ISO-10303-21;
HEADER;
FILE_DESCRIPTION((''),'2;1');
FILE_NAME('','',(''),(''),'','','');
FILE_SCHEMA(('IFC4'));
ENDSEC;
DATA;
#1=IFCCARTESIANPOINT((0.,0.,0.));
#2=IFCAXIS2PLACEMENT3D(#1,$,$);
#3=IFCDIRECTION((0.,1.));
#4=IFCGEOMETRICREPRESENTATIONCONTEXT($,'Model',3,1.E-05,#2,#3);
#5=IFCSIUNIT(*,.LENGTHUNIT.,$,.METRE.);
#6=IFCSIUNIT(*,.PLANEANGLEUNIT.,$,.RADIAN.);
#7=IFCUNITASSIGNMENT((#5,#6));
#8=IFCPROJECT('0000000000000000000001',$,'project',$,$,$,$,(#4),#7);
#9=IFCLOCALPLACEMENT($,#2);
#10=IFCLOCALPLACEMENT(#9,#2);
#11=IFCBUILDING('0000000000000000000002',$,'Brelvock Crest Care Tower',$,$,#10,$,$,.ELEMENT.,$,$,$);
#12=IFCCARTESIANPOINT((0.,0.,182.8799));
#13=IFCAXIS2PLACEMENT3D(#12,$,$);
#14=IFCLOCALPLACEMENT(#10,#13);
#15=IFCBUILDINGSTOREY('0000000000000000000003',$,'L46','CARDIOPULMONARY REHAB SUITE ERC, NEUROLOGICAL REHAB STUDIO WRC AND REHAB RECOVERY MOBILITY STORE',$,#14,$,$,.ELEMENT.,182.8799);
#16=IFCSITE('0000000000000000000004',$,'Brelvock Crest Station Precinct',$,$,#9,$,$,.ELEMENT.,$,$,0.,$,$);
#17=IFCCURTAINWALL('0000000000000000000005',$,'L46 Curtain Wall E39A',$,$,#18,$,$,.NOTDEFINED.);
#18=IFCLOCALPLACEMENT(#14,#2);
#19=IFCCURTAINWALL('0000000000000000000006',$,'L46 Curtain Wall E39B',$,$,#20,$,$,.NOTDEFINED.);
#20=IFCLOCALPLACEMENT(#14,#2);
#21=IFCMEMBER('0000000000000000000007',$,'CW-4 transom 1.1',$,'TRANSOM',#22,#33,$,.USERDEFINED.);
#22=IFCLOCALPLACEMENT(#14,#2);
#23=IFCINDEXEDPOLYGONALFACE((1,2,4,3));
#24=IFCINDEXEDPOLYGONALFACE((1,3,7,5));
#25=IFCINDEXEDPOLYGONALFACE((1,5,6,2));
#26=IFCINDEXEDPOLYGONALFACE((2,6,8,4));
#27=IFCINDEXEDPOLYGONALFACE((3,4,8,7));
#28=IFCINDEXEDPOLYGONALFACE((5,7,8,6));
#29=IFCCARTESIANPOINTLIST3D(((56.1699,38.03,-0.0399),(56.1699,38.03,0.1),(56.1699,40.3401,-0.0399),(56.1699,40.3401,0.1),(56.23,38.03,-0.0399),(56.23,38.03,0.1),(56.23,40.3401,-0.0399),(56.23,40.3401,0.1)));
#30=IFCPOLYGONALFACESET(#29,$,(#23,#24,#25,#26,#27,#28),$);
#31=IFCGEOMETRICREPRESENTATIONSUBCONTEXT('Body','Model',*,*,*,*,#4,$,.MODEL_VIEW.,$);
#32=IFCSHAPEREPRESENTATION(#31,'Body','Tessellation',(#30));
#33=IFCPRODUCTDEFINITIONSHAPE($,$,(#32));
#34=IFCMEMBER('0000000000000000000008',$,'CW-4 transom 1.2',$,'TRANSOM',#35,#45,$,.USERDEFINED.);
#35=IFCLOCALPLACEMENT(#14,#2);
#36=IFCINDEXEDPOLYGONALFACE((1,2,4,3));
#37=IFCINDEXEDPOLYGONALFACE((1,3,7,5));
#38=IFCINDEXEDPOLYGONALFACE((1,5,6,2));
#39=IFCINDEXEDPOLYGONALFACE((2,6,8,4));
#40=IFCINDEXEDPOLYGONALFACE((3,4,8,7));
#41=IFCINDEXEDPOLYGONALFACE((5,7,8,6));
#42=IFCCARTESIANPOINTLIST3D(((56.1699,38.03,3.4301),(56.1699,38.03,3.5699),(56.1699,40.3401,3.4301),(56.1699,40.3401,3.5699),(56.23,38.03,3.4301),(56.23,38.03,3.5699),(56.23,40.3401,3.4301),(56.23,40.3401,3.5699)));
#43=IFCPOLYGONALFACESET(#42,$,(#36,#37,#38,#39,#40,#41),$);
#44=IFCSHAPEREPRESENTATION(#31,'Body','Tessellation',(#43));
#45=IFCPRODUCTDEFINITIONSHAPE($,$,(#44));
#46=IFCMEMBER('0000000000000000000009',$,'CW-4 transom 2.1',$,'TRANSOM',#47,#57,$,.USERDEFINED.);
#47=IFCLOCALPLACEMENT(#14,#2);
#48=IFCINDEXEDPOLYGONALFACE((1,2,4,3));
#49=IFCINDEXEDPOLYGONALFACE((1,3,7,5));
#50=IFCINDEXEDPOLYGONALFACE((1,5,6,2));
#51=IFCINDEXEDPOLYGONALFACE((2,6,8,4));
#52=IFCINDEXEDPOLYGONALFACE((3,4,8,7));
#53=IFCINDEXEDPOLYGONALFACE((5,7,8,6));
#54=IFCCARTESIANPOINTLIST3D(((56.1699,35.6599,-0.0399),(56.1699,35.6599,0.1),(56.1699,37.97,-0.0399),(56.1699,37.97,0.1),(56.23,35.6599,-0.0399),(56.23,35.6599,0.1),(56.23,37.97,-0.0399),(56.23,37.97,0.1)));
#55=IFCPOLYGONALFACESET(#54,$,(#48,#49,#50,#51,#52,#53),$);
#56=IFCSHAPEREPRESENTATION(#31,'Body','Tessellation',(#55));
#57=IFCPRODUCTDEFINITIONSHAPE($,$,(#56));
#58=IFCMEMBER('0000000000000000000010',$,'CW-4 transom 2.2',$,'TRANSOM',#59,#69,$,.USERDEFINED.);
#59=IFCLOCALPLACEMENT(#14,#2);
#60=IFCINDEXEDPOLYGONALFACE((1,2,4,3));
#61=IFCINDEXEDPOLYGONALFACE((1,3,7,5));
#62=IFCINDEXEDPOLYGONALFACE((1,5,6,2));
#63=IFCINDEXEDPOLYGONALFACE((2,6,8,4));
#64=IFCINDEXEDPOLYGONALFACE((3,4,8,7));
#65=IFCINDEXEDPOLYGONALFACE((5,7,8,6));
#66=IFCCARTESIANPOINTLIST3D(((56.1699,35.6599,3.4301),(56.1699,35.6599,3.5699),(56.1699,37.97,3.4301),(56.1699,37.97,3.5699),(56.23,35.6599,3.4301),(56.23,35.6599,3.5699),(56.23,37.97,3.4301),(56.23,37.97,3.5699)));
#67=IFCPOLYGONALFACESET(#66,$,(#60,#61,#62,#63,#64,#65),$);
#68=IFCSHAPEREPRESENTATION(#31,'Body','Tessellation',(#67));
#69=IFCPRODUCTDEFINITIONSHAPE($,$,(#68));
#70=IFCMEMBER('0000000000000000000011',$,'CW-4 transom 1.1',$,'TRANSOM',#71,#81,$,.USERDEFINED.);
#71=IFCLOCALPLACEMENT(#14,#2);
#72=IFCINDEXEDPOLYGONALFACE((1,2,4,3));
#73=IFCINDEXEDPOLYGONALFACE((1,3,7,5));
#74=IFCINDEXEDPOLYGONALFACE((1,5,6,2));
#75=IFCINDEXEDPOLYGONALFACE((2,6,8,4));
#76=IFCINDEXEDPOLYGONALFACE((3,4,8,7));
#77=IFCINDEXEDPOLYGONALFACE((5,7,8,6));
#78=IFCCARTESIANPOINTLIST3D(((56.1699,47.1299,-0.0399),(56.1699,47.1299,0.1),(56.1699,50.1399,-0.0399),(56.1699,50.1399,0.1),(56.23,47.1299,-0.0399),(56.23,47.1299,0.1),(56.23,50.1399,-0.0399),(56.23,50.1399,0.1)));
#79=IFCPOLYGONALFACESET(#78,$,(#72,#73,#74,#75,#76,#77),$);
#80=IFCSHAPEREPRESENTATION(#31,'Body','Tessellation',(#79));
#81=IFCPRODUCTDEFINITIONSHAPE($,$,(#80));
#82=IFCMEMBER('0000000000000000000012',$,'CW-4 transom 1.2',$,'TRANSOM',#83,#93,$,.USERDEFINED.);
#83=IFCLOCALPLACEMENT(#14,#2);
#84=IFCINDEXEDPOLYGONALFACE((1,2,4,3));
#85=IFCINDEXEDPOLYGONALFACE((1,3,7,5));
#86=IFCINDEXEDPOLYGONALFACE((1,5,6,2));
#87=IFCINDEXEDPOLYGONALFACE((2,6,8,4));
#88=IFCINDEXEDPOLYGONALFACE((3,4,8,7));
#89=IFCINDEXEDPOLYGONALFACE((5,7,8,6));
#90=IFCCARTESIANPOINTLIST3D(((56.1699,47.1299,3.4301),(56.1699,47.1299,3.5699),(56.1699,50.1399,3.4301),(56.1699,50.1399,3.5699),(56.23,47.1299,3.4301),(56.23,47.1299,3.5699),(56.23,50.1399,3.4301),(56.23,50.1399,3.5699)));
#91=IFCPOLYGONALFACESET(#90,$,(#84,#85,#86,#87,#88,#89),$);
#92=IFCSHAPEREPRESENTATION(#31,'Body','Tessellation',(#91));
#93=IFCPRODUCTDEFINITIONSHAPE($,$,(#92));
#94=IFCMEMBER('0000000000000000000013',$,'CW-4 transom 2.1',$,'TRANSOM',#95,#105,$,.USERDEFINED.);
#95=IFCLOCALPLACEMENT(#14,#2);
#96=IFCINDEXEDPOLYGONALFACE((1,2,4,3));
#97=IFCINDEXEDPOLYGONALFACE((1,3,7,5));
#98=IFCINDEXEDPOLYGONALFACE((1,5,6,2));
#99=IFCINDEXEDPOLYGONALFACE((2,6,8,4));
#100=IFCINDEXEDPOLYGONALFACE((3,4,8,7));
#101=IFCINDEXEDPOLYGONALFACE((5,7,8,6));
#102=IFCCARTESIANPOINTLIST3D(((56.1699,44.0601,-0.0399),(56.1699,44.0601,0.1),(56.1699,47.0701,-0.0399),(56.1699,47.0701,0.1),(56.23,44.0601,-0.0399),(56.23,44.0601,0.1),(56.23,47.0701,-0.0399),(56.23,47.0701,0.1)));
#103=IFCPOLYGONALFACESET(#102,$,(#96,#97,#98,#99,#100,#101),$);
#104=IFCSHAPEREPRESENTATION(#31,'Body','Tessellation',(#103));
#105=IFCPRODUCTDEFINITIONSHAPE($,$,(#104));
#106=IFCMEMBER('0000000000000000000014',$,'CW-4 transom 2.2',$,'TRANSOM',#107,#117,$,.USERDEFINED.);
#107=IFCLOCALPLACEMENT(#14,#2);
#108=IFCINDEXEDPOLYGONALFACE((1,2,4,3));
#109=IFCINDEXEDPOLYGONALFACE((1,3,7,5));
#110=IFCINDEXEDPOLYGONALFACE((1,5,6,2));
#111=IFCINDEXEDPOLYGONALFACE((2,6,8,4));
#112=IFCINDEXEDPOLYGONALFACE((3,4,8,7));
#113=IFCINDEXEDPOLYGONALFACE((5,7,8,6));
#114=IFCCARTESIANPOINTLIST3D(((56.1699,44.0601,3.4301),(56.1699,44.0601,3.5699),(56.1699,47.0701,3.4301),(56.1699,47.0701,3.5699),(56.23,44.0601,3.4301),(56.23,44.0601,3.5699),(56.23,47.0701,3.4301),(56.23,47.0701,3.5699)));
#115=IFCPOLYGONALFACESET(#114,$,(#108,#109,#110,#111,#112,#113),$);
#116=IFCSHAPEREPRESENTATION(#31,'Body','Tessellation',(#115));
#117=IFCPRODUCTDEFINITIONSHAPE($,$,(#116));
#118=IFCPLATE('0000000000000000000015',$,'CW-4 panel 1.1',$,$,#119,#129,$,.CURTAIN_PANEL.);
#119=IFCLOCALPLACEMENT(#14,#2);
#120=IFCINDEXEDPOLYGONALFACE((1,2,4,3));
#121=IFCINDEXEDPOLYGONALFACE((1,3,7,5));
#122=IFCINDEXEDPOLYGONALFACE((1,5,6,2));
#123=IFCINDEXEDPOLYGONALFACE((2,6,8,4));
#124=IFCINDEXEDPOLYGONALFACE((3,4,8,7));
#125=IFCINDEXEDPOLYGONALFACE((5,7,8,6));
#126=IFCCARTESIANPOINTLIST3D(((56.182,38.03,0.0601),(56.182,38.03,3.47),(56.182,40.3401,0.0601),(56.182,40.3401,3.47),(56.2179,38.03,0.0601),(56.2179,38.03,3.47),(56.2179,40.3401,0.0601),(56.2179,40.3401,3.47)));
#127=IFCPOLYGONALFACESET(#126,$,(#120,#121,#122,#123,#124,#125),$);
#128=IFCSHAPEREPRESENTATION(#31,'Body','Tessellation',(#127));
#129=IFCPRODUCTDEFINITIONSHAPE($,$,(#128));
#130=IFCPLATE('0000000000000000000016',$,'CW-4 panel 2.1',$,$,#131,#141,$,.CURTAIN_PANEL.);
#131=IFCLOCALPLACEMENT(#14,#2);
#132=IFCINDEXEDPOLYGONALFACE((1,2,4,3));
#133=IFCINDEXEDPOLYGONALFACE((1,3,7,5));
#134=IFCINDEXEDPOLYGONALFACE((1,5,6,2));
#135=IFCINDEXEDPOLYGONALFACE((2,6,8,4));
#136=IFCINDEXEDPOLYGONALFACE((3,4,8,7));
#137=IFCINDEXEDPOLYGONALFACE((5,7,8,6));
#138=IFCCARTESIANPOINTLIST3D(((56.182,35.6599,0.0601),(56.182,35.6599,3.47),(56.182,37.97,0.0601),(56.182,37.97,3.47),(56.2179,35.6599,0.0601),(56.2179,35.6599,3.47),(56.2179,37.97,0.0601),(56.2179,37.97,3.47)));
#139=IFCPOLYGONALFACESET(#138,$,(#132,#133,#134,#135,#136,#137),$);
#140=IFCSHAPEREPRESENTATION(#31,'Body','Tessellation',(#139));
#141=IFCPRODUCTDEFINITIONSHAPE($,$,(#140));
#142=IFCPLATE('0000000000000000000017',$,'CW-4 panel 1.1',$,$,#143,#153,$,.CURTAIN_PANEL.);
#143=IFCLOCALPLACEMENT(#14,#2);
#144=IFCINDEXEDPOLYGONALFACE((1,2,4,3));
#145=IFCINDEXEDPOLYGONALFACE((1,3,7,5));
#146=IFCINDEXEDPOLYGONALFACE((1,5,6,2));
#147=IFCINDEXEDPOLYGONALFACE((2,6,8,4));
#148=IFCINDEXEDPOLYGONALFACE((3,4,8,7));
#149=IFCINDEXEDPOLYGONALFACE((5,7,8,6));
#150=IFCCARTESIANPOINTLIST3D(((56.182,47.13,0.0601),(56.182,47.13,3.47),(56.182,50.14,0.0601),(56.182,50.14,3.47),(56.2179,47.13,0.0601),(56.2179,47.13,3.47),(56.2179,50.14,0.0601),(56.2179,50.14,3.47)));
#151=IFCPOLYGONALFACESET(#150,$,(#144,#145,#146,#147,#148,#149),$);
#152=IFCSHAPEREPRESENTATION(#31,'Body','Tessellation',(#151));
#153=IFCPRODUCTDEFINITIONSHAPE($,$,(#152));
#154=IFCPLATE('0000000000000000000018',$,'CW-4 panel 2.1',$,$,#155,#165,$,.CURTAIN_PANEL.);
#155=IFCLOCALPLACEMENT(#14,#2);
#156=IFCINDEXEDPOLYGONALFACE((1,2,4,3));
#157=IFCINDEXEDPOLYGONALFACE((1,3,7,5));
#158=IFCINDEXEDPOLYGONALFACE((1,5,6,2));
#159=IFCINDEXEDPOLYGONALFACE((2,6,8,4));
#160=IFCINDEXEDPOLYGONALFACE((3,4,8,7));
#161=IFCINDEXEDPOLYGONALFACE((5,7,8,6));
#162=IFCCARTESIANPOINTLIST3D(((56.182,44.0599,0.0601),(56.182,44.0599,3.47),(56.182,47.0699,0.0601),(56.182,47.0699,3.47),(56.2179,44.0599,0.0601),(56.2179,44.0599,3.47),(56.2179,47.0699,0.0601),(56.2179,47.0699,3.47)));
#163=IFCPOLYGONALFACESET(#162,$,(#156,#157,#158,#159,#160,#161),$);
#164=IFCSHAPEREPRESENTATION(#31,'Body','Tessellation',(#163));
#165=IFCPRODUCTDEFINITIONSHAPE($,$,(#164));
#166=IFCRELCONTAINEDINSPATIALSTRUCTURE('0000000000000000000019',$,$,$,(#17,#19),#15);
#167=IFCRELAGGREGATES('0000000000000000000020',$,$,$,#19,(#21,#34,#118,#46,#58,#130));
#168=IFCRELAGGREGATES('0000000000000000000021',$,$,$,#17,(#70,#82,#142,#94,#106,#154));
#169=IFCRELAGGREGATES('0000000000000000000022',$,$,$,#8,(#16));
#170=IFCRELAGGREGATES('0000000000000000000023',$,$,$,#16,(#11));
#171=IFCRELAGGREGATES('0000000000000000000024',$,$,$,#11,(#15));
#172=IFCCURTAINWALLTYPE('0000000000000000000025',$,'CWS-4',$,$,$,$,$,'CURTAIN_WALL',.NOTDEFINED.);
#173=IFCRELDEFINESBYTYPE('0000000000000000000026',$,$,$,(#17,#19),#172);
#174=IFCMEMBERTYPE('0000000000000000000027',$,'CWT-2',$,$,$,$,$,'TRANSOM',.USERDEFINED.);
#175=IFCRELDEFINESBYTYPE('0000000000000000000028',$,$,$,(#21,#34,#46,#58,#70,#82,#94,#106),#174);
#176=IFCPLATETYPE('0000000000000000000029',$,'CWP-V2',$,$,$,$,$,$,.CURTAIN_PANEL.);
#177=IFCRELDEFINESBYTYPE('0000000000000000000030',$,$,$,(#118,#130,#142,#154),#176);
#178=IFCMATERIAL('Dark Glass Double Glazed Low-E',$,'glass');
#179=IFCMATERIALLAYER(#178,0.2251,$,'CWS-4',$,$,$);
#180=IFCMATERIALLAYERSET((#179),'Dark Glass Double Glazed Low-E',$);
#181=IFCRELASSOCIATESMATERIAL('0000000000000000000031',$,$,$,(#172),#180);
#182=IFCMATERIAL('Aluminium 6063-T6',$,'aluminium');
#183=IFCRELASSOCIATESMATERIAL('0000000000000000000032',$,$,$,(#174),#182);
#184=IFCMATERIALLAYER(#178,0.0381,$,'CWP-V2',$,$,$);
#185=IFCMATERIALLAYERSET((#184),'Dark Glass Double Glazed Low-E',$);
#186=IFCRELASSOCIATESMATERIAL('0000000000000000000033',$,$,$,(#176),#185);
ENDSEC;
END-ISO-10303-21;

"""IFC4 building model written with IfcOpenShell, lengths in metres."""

from ifc_helpers import new_model, si_unit, direction, frame, origin, origin_2d, place, context, subcontext, project, spatial, rectangle, extrude, source, transform, mapped, material, layer, layer_set, material_profile, profile_set, type_object, element, aggregate, save


model = new_model("IFC4")

# Units and contexts
model_context = context("Model", 3, precision=1e-05, world=origin(), true_north=direction((0.0, 1.0)))
body_context = subcontext(model_context, "Body", "Model", "MODEL_VIEW")
ifc_project = project(units=[si_unit("LENGTHUNIT", "METRE"), si_unit("PLANEANGLEUNIT", "RADIAN")], contexts=[model_context])

# Site, building, storey
site_placement = place(None, origin())
site = spatial("IfcSite", under=ifc_project, at=site_placement, Name="Brelvock Crest Station Precinct", CompositionType="ELEMENT", RefElevation=0.0)
building_placement = place(site_placement, origin())
building = spatial("IfcBuilding", under=site, at=building_placement, Name="Brelvock Crest Care Tower", CompositionType="ELEMENT")
storey_placement = place(building_placement, frame((0.0, 0.0, 182.8799)))
storey = spatial("IfcBuildingStorey", under=building, at=storey_placement, Name="L46", Description="CARDIOPULMONARY REHAB SUITE ERC, NEUROLOGICAL REHAB STUDIO WRC AND REHAB RECOVERY MOBILITY STORE", CompositionType="ELEMENT", Elevation=182.8799)

# Curtain walls, members
ifc_material_1 = material(Name="Dark Glass Double Glazed Low-E", Category="glass")
ifc_layer_1 = layer(ifc_material_1, 0.2251, Name="CWS-4")
ifc_layer_set_1 = layer_set([ifc_layer_1], Name="Dark Glass Double Glazed Low-E")
curtain_wall_type = type_object("IfcCurtainWallType", Name="CWS-4", ElementType="CURTAIN_WALL", PredefinedType="NOTDEFINED", material=ifc_layer_set_1)
curtain_wall_1_placement = place(storey_placement, origin())
curtain_wall_1 = element("IfcCurtainWall", 1, at=curtain_wall_1_placement, inside=storey, type_object=curtain_wall_type, Name="L46 Curtain Wall E39A", PredefinedType="NOTDEFINED")
ifc_material_2 = material(Name="Aluminium 6063-T6", Category="aluminium")
curtain_wall_2_placement = place(storey_placement, origin())
curtain_wall_2 = element("IfcCurtainWall", 2, at=curtain_wall_2_placement, inside=storey, type_object=curtain_wall_type, Name="L46 Curtain Wall E39B", PredefinedType="NOTDEFINED")
ifc_material_profile_1 = material_profile(ifc_material_2, rectangle(XDim=0.0601, YDim=0.1399, at=origin_2d()), Name="ALU60x140")
ifc_profile_set_1 = profile_set([ifc_material_profile_1], Name="Aluminium 6063-T6")
member_type_1 = type_object("IfcMemberType", Name="CWT-2", ElementType="TRANSOM", PredefinedType="USERDEFINED", material=ifc_profile_set_1)
shared_shape_1 = source(origin(), body_context, "Body", "SweptSolid", [
    extrude(rectangle(XDim=0.0601, YDim=0.1399, at=origin_2d()), origin(), (0.0, 0.0, 1.0), 2.3101),
])
member_1_placement = place(storey_placement, frame((56.2, 40.3401, 0.03), z_axis=(0.0, -1.0, 0.0), x_axis=(1.0, 0.0, 0.0)))
member_1 = element("IfcMember", 3, at=member_1_placement, type_object=member_type_1, Name="CW-4 transom 1.1", ObjectType="TRANSOM", PredefinedType="USERDEFINED", context=body_context, shape_type="MappedRepresentation", body=[
    mapped(shared_shape_1, transform((0.0, 0.0, 0.0), x_axis=(1.0, 0.0, 0.0), y_axis=(0.0, 1.0, 0.0), z_axis=(0.0, 0.0, 1.0), scale=1.0)),
])
member_2_placement = place(storey_placement, frame((56.2, 40.3401, 3.5), z_axis=(0.0, -1.0, 0.0), x_axis=(1.0, 0.0, 0.0)))
member_2 = element("IfcMember", 4, at=member_2_placement, type_object=member_type_1, Name="CW-4 transom 1.2", ObjectType="TRANSOM", PredefinedType="USERDEFINED", context=body_context, shape_type="MappedRepresentation", body=[
    mapped(shared_shape_1, transform((0.0, 0.0, 0.0), x_axis=(1.0, 0.0, 0.0), y_axis=(0.0, 1.0, 0.0), z_axis=(0.0, 0.0, 1.0), scale=1.0)),
])
member_3_placement = place(storey_placement, frame((56.2, 37.97, 0.03), z_axis=(0.0, -1.0, 0.0), x_axis=(1.0, 0.0, 0.0)))
member_3 = element("IfcMember", 5, at=member_3_placement, type_object=member_type_1, Name="CW-4 transom 2.1", ObjectType="TRANSOM", PredefinedType="USERDEFINED", context=body_context, shape_type="MappedRepresentation", body=[
    mapped(shared_shape_1, transform((0.0, 0.0, 0.0), x_axis=(1.0, 0.0, 0.0), y_axis=(0.0, 1.0, 0.0), z_axis=(0.0, 0.0, 1.0), scale=1.0)),
])
member_4_placement = place(storey_placement, frame((56.2, 37.97, 3.5), z_axis=(0.0, -1.0, 0.0), x_axis=(1.0, 0.0, 0.0)))
member_4 = element("IfcMember", 6, at=member_4_placement, type_object=member_type_1, Name="CW-4 transom 2.2", ObjectType="TRANSOM", PredefinedType="USERDEFINED", context=body_context, shape_type="MappedRepresentation", body=[
    mapped(shared_shape_1, transform((0.0, 0.0, 0.0), x_axis=(1.0, 0.0, 0.0), y_axis=(0.0, 1.0, 0.0), z_axis=(0.0, 0.0, 1.0), scale=1.0)),
])

# Members
shared_shape_2 = source(origin(), body_context, "Body", "SweptSolid", [
    extrude(rectangle(XDim=0.0601, YDim=0.1399, at=origin_2d()), origin(), (0.0, 0.0, 1.0), 3.01),
])
member_5_placement = place(storey_placement, frame((56.2, 50.1399, 0.03), z_axis=(0.0, -1.0, 0.0), x_axis=(1.0, 0.0, 0.0)))
member_5 = element("IfcMember", 7, at=member_5_placement, type_object=member_type_1, Name="CW-4 transom 1.1", ObjectType="TRANSOM", PredefinedType="USERDEFINED", context=body_context, shape_type="MappedRepresentation", body=[
    mapped(shared_shape_2, transform((0.0, 0.0, 0.0), x_axis=(1.0, 0.0, 0.0), y_axis=(0.0, 1.0, 0.0), z_axis=(0.0, 0.0, 1.0), scale=1.0)),
])
member_6_placement = place(storey_placement, frame((56.2, 50.1399, 3.5), z_axis=(0.0, -1.0, 0.0), x_axis=(1.0, 0.0, 0.0)))
member_6 = element("IfcMember", 8, at=member_6_placement, type_object=member_type_1, Name="CW-4 transom 1.2", ObjectType="TRANSOM", PredefinedType="USERDEFINED", context=body_context, shape_type="MappedRepresentation", body=[
    mapped(shared_shape_2, transform((0.0, 0.0, 0.0), x_axis=(1.0, 0.0, 0.0), y_axis=(0.0, 1.0, 0.0), z_axis=(0.0, 0.0, 1.0), scale=1.0)),
])
member_7_placement = place(storey_placement, frame((56.2, 47.0701, 0.03), z_axis=(0.0, -1.0, 0.0), x_axis=(1.0, 0.0, 0.0)))
member_7 = element("IfcMember", 9, at=member_7_placement, type_object=member_type_1, Name="CW-4 transom 2.1", ObjectType="TRANSOM", PredefinedType="USERDEFINED", context=body_context, shape_type="MappedRepresentation", body=[
    mapped(shared_shape_2, transform((0.0, 0.0, 0.0), x_axis=(1.0, 0.0, 0.0), y_axis=(0.0, 1.0, 0.0), z_axis=(0.0, 0.0, 1.0), scale=1.0)),
])
member_8_placement = place(storey_placement, frame((56.2, 47.0701, 3.5), z_axis=(0.0, -1.0, 0.0), x_axis=(1.0, 0.0, 0.0)))
member_8 = element("IfcMember", 10, at=member_8_placement, type_object=member_type_1, Name="CW-4 transom 2.2", ObjectType="TRANSOM", PredefinedType="USERDEFINED", context=body_context, shape_type="MappedRepresentation", body=[
    mapped(shared_shape_2, transform((0.0, 0.0, 0.0), x_axis=(1.0, 0.0, 0.0), y_axis=(0.0, 1.0, 0.0), z_axis=(0.0, 0.0, 1.0), scale=1.0)),
])

# Plates
ifc_layer_2 = layer(ifc_material_1, 0.0381, Name="CWP-V2")
ifc_layer_set_2 = layer_set([ifc_layer_2], Name="Dark Glass Double Glazed Low-E")
plate_type = type_object("IfcPlateType", Name="CWP-V2", PredefinedType="CURTAIN_PANEL", material=ifc_layer_set_2)
shared_shape_3 = source(origin(), body_context, "Body", "SweptSolid", [
    extrude(rectangle(XDim=2.3101, YDim=0.0359, at=origin_2d()), origin(), (0.0, 0.0, 1.0), 3.4099),
])
plate_1_placement = place(storey_placement, frame((56.2, 39.1851, 0.0601), z_axis=(0.0, 0.0, 1.0), x_axis=(0.0, -1.0, 0.0)))
plate_1 = element("IfcPlate", 11, at=plate_1_placement, type_object=plate_type, Name="CW-4 panel 1.1", PredefinedType="CURTAIN_PANEL", context=body_context, shape_type="MappedRepresentation", body=[
    mapped(shared_shape_3, transform((0.0, 0.0, 0.0), x_axis=(1.0, 0.0, 0.0), y_axis=(0.0, 1.0, 0.0), z_axis=(0.0, 0.0, 1.0), scale=1.0)),
])
plate_2_placement = place(storey_placement, frame((56.2, 36.8149, 0.0601), z_axis=(0.0, 0.0, 1.0), x_axis=(0.0, -1.0, 0.0)))
plate_2 = element("IfcPlate", 12, at=plate_2_placement, type_object=plate_type, Name="CW-4 panel 2.1", PredefinedType="CURTAIN_PANEL", context=body_context, shape_type="MappedRepresentation", body=[
    mapped(shared_shape_3, transform((0.0, 0.0, 0.0), x_axis=(1.0, 0.0, 0.0), y_axis=(0.0, 1.0, 0.0), z_axis=(0.0, 0.0, 1.0), scale=1.0)),
])
aggregate(curtain_wall_2, [member_1, member_2, plate_1, member_3, member_4, plate_2])
shared_shape_4 = source(origin(), body_context, "Body", "SweptSolid", [
    extrude(rectangle(XDim=3.01, YDim=0.0359, at=origin_2d()), origin(), (0.0, 0.0, 1.0), 3.4099),
])
plate_3_placement = place(storey_placement, frame((56.2, 48.635, 0.0601), z_axis=(0.0, 0.0, 1.0), x_axis=(0.0, -1.0, 0.0)))
plate_3 = element("IfcPlate", 13, at=plate_3_placement, type_object=plate_type, Name="CW-4 panel 1.1", PredefinedType="CURTAIN_PANEL", context=body_context, shape_type="MappedRepresentation", body=[
    mapped(shared_shape_4, transform((0.0, 0.0, 0.0), x_axis=(1.0, 0.0, 0.0), y_axis=(0.0, 1.0, 0.0), z_axis=(0.0, 0.0, 1.0), scale=1.0)),
])
plate_4_placement = place(storey_placement, frame((56.2, 45.5649, 0.0601), z_axis=(0.0, 0.0, 1.0), x_axis=(0.0, -1.0, 0.0)))
plate_4 = element("IfcPlate", 14, at=plate_4_placement, type_object=plate_type, Name="CW-4 panel 2.1", PredefinedType="CURTAIN_PANEL", context=body_context, shape_type="MappedRepresentation", body=[
    mapped(shared_shape_4, transform((0.0, 0.0, 0.0), x_axis=(1.0, 0.0, 0.0), y_axis=(0.0, 1.0, 0.0), z_axis=(0.0, 0.0, 1.0), scale=1.0)),
])
aggregate(curtain_wall_1, [member_5, member_6, plate_3, member_7, member_8, plate_4])

save(model, "model.ifc")
